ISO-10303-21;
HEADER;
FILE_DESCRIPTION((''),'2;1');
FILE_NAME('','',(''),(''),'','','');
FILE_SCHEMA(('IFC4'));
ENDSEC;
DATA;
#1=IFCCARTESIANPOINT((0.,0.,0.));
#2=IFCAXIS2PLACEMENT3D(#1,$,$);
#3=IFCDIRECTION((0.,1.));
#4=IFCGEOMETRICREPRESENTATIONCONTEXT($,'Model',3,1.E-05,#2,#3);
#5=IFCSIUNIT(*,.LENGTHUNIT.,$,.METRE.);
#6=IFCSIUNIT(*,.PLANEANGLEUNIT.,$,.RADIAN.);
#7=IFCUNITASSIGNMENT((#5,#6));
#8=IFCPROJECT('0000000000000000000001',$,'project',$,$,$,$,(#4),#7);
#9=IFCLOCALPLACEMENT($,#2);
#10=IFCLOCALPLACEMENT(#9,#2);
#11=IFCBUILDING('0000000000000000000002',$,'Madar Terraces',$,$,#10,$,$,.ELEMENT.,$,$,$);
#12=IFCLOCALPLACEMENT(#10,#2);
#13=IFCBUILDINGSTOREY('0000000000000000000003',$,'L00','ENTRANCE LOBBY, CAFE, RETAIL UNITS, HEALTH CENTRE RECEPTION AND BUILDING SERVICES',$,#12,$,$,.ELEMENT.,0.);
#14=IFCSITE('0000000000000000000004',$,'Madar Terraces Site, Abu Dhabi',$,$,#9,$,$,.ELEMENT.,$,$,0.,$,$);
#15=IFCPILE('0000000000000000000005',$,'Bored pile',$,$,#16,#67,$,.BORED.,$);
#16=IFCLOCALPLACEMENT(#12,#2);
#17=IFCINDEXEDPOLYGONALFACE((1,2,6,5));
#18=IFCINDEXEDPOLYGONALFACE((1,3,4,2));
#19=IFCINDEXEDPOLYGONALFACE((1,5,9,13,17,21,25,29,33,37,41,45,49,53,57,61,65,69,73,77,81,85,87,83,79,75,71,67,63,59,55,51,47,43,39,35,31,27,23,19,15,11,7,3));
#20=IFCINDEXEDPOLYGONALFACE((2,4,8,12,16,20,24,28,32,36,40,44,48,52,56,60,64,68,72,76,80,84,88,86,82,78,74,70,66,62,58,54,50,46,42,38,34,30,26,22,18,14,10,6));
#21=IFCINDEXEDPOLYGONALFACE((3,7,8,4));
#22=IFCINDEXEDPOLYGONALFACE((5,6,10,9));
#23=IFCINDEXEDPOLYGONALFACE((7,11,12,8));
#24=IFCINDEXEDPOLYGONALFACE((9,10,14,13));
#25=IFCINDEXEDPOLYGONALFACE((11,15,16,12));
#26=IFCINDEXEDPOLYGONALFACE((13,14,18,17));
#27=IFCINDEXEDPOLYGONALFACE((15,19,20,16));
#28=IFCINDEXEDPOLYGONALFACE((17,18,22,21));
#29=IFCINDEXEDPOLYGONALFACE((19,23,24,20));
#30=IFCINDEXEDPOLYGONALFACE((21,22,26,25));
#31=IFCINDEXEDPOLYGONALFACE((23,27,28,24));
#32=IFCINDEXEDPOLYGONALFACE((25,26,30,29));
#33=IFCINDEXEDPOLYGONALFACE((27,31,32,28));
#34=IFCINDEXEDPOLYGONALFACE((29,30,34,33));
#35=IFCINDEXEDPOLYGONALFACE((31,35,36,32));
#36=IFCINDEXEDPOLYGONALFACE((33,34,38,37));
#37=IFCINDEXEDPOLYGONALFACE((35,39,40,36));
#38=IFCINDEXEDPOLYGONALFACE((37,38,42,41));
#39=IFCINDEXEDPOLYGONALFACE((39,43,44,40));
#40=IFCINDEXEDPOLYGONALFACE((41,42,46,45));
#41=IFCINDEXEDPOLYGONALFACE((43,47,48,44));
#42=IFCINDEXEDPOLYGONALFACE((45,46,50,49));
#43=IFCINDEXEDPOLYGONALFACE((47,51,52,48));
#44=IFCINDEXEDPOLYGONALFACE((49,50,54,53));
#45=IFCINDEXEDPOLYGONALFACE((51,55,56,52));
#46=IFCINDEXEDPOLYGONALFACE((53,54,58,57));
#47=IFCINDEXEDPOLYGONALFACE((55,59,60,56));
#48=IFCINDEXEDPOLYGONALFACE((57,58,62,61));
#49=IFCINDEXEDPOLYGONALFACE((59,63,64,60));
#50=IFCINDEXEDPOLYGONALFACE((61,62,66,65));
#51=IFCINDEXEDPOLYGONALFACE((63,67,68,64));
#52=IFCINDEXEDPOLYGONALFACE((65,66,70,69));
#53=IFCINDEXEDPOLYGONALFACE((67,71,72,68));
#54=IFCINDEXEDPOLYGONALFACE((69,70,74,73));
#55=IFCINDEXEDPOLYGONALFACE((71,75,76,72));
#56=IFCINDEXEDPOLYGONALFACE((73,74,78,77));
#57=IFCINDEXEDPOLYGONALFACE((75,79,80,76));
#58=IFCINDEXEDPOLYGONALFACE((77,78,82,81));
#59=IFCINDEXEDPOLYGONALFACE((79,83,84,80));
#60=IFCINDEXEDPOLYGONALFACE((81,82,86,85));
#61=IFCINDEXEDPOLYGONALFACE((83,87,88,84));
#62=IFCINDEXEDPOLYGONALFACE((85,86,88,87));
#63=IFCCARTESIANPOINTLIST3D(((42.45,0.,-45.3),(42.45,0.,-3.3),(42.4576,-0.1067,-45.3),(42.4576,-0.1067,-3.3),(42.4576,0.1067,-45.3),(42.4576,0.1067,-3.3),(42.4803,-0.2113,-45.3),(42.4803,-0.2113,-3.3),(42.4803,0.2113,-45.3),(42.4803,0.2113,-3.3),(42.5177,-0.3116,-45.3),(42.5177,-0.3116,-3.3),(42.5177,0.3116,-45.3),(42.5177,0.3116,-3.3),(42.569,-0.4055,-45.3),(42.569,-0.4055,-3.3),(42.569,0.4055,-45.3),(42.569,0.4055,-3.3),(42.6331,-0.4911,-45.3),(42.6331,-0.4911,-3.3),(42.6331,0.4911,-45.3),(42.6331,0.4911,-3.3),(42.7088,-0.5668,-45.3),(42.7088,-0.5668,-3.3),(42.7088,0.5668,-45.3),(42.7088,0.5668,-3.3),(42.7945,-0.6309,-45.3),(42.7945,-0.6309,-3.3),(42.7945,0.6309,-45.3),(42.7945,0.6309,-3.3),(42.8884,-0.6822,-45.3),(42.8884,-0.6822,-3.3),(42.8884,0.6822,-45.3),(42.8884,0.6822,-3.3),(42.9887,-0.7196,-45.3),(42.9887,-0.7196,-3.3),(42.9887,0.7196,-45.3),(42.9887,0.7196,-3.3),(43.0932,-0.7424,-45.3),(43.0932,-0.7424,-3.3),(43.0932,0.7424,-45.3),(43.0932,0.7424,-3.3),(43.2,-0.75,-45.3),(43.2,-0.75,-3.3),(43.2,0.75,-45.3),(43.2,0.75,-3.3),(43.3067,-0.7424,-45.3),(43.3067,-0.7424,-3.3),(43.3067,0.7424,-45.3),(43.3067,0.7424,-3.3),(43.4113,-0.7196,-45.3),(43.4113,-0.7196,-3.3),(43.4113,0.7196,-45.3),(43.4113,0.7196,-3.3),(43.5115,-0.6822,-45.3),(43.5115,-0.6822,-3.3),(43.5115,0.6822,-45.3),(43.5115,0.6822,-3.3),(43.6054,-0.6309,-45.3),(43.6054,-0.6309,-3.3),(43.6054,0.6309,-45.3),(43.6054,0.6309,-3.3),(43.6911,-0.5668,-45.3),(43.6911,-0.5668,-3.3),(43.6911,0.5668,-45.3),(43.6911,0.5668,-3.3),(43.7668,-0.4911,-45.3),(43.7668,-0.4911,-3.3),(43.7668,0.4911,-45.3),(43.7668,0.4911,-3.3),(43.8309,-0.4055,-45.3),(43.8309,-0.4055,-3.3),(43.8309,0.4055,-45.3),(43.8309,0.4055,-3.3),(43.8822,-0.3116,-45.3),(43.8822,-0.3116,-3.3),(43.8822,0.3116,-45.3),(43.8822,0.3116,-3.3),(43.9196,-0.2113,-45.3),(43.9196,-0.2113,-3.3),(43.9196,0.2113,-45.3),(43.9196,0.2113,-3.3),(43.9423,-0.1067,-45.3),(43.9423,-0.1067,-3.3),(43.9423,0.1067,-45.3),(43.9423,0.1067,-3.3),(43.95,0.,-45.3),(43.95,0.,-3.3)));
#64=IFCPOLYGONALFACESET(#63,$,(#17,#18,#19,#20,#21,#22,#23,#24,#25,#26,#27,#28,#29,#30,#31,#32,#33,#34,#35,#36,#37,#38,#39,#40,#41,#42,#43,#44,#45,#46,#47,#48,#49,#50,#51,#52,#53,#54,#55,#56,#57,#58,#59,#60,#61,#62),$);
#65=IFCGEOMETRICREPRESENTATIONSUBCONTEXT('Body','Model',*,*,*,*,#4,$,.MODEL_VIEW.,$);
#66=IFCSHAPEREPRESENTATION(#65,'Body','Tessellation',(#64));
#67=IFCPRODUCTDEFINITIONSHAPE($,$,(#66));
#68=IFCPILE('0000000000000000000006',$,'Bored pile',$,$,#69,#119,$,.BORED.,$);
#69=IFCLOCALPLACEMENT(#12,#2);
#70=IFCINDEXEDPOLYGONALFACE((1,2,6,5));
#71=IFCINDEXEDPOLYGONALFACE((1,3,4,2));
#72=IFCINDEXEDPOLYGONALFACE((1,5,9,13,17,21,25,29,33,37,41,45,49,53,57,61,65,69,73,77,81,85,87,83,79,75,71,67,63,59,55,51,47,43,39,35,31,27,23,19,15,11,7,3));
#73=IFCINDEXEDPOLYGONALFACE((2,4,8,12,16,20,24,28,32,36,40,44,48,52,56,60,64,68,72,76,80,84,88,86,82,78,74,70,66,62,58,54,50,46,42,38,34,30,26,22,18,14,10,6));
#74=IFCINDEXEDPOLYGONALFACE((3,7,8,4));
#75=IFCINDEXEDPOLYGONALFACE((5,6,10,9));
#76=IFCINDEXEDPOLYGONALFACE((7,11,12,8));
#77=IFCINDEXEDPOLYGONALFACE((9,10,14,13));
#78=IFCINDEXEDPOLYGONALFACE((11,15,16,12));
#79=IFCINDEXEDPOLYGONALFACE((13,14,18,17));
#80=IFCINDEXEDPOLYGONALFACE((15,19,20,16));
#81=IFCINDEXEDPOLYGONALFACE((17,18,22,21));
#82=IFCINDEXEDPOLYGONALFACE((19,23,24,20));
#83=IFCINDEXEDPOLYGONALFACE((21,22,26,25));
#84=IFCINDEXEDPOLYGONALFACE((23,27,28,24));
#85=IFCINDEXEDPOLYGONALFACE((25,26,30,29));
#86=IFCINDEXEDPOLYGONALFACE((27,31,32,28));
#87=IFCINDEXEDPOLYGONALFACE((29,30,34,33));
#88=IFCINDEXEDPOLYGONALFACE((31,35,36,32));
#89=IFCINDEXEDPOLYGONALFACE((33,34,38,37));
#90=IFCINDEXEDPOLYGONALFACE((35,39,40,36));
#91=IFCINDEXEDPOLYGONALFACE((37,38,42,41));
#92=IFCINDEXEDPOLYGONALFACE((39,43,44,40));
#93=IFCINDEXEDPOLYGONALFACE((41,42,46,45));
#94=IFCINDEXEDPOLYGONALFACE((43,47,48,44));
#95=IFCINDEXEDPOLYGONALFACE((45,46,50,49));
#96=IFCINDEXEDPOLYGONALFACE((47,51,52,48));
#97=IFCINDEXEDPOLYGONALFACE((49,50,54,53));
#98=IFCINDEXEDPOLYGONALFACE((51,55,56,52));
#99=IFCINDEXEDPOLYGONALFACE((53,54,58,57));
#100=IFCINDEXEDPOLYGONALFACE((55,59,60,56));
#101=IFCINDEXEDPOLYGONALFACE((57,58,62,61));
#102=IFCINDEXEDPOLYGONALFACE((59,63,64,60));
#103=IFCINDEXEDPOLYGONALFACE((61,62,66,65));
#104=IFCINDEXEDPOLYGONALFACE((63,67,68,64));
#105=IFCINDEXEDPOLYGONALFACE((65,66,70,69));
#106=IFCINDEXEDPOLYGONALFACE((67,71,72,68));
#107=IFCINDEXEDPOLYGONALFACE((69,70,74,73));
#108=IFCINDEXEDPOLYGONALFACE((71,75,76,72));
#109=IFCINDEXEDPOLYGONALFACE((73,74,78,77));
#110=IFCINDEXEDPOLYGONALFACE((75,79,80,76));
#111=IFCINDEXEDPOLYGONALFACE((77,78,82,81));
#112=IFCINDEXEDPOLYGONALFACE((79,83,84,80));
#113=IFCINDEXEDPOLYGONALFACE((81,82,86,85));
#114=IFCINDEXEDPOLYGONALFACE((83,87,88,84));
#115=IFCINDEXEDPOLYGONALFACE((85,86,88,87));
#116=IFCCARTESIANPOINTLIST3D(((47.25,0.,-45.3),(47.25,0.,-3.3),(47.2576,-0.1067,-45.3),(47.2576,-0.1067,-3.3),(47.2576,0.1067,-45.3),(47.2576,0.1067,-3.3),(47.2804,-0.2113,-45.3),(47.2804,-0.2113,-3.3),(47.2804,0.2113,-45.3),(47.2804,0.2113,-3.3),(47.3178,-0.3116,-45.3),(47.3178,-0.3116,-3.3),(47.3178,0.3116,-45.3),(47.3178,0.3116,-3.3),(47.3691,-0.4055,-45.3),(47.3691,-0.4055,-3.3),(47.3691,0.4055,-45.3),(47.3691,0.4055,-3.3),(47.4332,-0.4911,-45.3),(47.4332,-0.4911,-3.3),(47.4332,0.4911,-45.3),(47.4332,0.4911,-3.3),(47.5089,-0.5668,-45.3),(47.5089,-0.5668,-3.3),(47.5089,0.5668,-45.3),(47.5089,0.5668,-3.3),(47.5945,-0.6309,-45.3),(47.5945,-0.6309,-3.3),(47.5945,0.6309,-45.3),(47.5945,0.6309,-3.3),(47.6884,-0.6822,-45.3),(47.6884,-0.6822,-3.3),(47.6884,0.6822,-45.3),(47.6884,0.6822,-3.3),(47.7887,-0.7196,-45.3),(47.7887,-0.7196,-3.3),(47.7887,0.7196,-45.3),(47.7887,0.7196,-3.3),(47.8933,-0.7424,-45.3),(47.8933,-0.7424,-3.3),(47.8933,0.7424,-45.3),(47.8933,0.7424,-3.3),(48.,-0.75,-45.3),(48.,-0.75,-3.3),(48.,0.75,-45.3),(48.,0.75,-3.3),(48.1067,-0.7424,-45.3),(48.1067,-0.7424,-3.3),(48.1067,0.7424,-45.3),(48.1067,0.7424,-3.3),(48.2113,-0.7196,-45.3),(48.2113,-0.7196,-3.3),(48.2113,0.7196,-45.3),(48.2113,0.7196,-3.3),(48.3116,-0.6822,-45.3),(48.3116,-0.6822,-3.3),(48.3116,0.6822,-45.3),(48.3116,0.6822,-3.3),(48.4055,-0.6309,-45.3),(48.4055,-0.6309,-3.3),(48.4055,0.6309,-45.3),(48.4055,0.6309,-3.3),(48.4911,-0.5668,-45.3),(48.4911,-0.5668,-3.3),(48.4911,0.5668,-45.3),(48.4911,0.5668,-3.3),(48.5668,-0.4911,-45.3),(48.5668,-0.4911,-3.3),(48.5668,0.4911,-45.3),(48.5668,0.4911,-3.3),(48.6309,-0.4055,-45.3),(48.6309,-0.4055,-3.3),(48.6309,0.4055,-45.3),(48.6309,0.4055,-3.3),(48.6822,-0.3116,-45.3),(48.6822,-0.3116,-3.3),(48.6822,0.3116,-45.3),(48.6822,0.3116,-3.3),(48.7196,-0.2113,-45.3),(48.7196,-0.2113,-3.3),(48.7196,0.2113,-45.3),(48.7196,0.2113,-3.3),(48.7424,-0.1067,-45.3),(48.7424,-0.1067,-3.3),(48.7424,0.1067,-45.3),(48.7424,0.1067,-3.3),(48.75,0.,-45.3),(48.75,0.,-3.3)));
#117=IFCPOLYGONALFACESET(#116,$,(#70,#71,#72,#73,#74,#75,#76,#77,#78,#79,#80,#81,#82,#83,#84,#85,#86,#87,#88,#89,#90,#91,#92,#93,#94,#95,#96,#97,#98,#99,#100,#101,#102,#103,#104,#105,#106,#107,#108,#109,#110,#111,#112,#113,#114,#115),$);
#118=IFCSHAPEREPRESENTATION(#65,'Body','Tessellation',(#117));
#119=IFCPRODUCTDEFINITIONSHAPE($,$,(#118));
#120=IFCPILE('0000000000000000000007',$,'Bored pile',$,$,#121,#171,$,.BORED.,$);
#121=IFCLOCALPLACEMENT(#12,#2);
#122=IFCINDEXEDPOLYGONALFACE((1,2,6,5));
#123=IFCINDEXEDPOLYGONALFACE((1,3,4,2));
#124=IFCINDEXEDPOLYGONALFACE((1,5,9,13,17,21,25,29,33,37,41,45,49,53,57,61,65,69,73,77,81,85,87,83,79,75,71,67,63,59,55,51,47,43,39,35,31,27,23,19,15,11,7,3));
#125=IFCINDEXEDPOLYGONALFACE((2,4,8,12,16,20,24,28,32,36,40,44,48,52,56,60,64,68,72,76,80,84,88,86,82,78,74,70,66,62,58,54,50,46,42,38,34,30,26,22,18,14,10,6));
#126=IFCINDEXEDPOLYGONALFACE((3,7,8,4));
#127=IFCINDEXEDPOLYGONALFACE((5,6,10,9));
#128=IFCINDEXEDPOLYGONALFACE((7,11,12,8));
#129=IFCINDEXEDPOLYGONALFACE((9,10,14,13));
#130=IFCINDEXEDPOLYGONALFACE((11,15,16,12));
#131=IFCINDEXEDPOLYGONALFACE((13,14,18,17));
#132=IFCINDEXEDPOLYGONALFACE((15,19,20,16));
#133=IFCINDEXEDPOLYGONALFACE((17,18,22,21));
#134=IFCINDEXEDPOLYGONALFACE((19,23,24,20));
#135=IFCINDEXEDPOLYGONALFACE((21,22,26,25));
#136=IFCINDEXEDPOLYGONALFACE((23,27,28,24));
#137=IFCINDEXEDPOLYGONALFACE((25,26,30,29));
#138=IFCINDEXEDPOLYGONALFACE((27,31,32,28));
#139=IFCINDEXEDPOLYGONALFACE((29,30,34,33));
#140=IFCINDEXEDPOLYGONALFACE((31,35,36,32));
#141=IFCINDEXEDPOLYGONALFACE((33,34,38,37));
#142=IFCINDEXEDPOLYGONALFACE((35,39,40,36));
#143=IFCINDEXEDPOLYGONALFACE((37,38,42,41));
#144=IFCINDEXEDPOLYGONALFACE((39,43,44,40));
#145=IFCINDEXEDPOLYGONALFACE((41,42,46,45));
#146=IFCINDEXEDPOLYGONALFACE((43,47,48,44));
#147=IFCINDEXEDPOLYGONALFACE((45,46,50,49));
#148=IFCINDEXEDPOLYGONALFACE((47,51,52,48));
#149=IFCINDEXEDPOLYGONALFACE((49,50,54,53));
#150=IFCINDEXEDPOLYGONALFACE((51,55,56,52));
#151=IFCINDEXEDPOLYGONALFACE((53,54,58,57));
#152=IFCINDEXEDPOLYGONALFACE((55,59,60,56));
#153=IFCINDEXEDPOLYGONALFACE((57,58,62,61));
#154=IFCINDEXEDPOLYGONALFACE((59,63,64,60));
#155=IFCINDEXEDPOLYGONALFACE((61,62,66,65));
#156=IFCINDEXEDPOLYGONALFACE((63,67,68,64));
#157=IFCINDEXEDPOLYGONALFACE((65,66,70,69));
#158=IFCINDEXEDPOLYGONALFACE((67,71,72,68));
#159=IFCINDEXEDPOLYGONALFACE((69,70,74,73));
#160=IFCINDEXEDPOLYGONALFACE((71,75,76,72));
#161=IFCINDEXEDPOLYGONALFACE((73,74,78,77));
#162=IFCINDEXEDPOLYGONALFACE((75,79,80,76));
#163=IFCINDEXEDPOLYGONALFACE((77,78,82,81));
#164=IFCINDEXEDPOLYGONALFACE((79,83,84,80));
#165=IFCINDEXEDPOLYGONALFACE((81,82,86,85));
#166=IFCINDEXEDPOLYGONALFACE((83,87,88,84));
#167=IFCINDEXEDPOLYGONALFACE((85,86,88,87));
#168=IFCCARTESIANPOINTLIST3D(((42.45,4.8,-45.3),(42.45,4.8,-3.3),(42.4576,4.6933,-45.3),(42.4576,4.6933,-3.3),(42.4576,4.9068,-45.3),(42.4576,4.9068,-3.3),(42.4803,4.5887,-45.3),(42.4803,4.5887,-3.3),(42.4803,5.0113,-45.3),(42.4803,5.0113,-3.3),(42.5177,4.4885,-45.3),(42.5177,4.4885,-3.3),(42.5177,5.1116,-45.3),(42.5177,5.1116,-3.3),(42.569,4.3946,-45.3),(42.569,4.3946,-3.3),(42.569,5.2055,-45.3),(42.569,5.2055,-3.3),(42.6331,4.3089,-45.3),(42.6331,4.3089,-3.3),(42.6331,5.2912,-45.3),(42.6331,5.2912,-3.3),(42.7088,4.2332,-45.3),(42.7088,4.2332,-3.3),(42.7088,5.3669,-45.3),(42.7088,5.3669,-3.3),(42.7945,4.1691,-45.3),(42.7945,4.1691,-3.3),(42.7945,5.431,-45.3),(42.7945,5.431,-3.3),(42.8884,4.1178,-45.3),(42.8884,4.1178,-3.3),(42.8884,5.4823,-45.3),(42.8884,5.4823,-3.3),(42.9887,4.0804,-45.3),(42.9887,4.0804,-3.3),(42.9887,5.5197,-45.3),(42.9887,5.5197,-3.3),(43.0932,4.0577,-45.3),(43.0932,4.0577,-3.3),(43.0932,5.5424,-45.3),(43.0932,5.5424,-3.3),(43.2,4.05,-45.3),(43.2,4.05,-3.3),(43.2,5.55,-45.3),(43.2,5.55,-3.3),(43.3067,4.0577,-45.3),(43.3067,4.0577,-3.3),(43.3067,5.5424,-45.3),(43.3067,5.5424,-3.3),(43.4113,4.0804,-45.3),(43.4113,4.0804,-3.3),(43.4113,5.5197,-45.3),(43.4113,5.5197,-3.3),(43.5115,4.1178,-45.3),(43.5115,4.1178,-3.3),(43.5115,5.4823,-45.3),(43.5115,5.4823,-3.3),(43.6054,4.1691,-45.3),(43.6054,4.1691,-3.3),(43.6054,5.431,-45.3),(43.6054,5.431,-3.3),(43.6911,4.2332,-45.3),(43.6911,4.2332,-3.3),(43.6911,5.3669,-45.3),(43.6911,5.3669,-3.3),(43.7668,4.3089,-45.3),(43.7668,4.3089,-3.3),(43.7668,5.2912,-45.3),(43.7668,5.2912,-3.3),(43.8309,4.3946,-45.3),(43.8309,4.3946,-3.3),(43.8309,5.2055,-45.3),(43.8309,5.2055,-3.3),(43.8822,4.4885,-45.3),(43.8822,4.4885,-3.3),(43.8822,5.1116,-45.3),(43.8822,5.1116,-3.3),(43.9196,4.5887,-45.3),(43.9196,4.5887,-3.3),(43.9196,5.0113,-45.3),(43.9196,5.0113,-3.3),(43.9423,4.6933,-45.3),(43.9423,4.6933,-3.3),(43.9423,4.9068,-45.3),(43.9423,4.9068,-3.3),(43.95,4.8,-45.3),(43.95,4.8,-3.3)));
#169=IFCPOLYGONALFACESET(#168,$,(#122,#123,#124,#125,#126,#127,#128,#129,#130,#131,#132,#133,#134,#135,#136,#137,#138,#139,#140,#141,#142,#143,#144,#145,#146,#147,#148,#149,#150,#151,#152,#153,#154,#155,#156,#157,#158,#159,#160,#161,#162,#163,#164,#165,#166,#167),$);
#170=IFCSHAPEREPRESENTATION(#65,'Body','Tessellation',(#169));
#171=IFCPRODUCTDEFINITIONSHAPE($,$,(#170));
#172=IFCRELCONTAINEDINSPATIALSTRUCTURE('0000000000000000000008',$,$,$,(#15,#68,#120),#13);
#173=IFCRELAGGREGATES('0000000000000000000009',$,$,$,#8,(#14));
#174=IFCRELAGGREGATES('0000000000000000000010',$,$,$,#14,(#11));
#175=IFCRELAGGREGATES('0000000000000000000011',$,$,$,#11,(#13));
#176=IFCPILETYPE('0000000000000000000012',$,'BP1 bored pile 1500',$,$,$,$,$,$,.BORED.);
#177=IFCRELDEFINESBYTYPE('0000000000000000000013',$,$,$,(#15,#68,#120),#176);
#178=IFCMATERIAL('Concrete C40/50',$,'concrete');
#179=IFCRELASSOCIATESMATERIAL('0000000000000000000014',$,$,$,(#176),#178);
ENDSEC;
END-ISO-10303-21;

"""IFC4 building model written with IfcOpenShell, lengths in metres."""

from ifc_helpers import new_model, si_unit, direction, frame, origin, origin_2d, place, context, subcontext, project, spatial, circle, extrude, material, material_profile, profile_set, type_object, element, save


model = new_model("IFC4")

# Units and contexts
model_context = context("Model", 3, precision=1e-05, world=origin(), true_north=direction((0.0, 1.0)))
body_context = subcontext(model_context, "Body", "Model", "MODEL_VIEW")
ifc_project = project(units=[si_unit("LENGTHUNIT", "METRE"), si_unit("PLANEANGLEUNIT", "RADIAN")], contexts=[model_context])

# Site, building, storey
site_placement = place(None, origin())
site = spatial("IfcSite", under=ifc_project, at=site_placement, Name="Madar Terraces Site, Abu Dhabi", CompositionType="ELEMENT", RefElevation=0.0)
building_placement = place(site_placement, origin())
building = spatial("IfcBuilding", under=site, at=building_placement, Name="Madar Terraces", CompositionType="ELEMENT")
storey_placement = place(building_placement, origin())
storey = spatial("IfcBuildingStorey", under=building, at=storey_placement, Name="L00", Description="ENTRANCE LOBBY, CAFE, RETAIL UNITS, HEALTH CENTRE RECEPTION AND BUILDING SERVICES", CompositionType="ELEMENT", Elevation=0.0)

# Piles
ifc_material_1 = material(Name="Concrete C40/50", Category="concrete")
ifc_material_profile_1 = material_profile(ifc_material_1, circle(Radius=0.75, at=origin_2d()), Name="BP1 bored pile 1500")
ifc_profile_set_1 = profile_set([ifc_material_profile_1], Name="Concrete C40/50")
pile_type = type_object("IfcPileType", Name="BP1 bored pile 1500", PredefinedType="BORED", material=ifc_profile_set_1)
for number, where, z_axis, x_axis, name in (
    (1, (43.2, 0.0, -3.3), (0.0, 0.0, -1.0), (1.0, 0.0, 0.0), "Bored pile"),
    (2, (48.0, 0.0, -3.3), (0.0, 0.0, -1.0), (1.0, 0.0, 0.0), "Bored pile"),
    (3, (43.2, 4.8, -3.3), (0.0, 0.0, -1.0), (1.0, 0.0, 0.0), "Bored pile"),
):
    element("IfcPile", number, at=place(storey_placement, frame(where, z_axis=z_axis, x_axis=x_axis)), inside=storey, type_object=pile_type, Name=name, PredefinedType="BORED", context=body_context, shape_type="SweptSolid", body=[
        extrude(circle(Radius=0.75, at=origin_2d()), origin(), (0.0, 0.0, 1.0), 42.0),
    ])

save(model, "model.ifc")
